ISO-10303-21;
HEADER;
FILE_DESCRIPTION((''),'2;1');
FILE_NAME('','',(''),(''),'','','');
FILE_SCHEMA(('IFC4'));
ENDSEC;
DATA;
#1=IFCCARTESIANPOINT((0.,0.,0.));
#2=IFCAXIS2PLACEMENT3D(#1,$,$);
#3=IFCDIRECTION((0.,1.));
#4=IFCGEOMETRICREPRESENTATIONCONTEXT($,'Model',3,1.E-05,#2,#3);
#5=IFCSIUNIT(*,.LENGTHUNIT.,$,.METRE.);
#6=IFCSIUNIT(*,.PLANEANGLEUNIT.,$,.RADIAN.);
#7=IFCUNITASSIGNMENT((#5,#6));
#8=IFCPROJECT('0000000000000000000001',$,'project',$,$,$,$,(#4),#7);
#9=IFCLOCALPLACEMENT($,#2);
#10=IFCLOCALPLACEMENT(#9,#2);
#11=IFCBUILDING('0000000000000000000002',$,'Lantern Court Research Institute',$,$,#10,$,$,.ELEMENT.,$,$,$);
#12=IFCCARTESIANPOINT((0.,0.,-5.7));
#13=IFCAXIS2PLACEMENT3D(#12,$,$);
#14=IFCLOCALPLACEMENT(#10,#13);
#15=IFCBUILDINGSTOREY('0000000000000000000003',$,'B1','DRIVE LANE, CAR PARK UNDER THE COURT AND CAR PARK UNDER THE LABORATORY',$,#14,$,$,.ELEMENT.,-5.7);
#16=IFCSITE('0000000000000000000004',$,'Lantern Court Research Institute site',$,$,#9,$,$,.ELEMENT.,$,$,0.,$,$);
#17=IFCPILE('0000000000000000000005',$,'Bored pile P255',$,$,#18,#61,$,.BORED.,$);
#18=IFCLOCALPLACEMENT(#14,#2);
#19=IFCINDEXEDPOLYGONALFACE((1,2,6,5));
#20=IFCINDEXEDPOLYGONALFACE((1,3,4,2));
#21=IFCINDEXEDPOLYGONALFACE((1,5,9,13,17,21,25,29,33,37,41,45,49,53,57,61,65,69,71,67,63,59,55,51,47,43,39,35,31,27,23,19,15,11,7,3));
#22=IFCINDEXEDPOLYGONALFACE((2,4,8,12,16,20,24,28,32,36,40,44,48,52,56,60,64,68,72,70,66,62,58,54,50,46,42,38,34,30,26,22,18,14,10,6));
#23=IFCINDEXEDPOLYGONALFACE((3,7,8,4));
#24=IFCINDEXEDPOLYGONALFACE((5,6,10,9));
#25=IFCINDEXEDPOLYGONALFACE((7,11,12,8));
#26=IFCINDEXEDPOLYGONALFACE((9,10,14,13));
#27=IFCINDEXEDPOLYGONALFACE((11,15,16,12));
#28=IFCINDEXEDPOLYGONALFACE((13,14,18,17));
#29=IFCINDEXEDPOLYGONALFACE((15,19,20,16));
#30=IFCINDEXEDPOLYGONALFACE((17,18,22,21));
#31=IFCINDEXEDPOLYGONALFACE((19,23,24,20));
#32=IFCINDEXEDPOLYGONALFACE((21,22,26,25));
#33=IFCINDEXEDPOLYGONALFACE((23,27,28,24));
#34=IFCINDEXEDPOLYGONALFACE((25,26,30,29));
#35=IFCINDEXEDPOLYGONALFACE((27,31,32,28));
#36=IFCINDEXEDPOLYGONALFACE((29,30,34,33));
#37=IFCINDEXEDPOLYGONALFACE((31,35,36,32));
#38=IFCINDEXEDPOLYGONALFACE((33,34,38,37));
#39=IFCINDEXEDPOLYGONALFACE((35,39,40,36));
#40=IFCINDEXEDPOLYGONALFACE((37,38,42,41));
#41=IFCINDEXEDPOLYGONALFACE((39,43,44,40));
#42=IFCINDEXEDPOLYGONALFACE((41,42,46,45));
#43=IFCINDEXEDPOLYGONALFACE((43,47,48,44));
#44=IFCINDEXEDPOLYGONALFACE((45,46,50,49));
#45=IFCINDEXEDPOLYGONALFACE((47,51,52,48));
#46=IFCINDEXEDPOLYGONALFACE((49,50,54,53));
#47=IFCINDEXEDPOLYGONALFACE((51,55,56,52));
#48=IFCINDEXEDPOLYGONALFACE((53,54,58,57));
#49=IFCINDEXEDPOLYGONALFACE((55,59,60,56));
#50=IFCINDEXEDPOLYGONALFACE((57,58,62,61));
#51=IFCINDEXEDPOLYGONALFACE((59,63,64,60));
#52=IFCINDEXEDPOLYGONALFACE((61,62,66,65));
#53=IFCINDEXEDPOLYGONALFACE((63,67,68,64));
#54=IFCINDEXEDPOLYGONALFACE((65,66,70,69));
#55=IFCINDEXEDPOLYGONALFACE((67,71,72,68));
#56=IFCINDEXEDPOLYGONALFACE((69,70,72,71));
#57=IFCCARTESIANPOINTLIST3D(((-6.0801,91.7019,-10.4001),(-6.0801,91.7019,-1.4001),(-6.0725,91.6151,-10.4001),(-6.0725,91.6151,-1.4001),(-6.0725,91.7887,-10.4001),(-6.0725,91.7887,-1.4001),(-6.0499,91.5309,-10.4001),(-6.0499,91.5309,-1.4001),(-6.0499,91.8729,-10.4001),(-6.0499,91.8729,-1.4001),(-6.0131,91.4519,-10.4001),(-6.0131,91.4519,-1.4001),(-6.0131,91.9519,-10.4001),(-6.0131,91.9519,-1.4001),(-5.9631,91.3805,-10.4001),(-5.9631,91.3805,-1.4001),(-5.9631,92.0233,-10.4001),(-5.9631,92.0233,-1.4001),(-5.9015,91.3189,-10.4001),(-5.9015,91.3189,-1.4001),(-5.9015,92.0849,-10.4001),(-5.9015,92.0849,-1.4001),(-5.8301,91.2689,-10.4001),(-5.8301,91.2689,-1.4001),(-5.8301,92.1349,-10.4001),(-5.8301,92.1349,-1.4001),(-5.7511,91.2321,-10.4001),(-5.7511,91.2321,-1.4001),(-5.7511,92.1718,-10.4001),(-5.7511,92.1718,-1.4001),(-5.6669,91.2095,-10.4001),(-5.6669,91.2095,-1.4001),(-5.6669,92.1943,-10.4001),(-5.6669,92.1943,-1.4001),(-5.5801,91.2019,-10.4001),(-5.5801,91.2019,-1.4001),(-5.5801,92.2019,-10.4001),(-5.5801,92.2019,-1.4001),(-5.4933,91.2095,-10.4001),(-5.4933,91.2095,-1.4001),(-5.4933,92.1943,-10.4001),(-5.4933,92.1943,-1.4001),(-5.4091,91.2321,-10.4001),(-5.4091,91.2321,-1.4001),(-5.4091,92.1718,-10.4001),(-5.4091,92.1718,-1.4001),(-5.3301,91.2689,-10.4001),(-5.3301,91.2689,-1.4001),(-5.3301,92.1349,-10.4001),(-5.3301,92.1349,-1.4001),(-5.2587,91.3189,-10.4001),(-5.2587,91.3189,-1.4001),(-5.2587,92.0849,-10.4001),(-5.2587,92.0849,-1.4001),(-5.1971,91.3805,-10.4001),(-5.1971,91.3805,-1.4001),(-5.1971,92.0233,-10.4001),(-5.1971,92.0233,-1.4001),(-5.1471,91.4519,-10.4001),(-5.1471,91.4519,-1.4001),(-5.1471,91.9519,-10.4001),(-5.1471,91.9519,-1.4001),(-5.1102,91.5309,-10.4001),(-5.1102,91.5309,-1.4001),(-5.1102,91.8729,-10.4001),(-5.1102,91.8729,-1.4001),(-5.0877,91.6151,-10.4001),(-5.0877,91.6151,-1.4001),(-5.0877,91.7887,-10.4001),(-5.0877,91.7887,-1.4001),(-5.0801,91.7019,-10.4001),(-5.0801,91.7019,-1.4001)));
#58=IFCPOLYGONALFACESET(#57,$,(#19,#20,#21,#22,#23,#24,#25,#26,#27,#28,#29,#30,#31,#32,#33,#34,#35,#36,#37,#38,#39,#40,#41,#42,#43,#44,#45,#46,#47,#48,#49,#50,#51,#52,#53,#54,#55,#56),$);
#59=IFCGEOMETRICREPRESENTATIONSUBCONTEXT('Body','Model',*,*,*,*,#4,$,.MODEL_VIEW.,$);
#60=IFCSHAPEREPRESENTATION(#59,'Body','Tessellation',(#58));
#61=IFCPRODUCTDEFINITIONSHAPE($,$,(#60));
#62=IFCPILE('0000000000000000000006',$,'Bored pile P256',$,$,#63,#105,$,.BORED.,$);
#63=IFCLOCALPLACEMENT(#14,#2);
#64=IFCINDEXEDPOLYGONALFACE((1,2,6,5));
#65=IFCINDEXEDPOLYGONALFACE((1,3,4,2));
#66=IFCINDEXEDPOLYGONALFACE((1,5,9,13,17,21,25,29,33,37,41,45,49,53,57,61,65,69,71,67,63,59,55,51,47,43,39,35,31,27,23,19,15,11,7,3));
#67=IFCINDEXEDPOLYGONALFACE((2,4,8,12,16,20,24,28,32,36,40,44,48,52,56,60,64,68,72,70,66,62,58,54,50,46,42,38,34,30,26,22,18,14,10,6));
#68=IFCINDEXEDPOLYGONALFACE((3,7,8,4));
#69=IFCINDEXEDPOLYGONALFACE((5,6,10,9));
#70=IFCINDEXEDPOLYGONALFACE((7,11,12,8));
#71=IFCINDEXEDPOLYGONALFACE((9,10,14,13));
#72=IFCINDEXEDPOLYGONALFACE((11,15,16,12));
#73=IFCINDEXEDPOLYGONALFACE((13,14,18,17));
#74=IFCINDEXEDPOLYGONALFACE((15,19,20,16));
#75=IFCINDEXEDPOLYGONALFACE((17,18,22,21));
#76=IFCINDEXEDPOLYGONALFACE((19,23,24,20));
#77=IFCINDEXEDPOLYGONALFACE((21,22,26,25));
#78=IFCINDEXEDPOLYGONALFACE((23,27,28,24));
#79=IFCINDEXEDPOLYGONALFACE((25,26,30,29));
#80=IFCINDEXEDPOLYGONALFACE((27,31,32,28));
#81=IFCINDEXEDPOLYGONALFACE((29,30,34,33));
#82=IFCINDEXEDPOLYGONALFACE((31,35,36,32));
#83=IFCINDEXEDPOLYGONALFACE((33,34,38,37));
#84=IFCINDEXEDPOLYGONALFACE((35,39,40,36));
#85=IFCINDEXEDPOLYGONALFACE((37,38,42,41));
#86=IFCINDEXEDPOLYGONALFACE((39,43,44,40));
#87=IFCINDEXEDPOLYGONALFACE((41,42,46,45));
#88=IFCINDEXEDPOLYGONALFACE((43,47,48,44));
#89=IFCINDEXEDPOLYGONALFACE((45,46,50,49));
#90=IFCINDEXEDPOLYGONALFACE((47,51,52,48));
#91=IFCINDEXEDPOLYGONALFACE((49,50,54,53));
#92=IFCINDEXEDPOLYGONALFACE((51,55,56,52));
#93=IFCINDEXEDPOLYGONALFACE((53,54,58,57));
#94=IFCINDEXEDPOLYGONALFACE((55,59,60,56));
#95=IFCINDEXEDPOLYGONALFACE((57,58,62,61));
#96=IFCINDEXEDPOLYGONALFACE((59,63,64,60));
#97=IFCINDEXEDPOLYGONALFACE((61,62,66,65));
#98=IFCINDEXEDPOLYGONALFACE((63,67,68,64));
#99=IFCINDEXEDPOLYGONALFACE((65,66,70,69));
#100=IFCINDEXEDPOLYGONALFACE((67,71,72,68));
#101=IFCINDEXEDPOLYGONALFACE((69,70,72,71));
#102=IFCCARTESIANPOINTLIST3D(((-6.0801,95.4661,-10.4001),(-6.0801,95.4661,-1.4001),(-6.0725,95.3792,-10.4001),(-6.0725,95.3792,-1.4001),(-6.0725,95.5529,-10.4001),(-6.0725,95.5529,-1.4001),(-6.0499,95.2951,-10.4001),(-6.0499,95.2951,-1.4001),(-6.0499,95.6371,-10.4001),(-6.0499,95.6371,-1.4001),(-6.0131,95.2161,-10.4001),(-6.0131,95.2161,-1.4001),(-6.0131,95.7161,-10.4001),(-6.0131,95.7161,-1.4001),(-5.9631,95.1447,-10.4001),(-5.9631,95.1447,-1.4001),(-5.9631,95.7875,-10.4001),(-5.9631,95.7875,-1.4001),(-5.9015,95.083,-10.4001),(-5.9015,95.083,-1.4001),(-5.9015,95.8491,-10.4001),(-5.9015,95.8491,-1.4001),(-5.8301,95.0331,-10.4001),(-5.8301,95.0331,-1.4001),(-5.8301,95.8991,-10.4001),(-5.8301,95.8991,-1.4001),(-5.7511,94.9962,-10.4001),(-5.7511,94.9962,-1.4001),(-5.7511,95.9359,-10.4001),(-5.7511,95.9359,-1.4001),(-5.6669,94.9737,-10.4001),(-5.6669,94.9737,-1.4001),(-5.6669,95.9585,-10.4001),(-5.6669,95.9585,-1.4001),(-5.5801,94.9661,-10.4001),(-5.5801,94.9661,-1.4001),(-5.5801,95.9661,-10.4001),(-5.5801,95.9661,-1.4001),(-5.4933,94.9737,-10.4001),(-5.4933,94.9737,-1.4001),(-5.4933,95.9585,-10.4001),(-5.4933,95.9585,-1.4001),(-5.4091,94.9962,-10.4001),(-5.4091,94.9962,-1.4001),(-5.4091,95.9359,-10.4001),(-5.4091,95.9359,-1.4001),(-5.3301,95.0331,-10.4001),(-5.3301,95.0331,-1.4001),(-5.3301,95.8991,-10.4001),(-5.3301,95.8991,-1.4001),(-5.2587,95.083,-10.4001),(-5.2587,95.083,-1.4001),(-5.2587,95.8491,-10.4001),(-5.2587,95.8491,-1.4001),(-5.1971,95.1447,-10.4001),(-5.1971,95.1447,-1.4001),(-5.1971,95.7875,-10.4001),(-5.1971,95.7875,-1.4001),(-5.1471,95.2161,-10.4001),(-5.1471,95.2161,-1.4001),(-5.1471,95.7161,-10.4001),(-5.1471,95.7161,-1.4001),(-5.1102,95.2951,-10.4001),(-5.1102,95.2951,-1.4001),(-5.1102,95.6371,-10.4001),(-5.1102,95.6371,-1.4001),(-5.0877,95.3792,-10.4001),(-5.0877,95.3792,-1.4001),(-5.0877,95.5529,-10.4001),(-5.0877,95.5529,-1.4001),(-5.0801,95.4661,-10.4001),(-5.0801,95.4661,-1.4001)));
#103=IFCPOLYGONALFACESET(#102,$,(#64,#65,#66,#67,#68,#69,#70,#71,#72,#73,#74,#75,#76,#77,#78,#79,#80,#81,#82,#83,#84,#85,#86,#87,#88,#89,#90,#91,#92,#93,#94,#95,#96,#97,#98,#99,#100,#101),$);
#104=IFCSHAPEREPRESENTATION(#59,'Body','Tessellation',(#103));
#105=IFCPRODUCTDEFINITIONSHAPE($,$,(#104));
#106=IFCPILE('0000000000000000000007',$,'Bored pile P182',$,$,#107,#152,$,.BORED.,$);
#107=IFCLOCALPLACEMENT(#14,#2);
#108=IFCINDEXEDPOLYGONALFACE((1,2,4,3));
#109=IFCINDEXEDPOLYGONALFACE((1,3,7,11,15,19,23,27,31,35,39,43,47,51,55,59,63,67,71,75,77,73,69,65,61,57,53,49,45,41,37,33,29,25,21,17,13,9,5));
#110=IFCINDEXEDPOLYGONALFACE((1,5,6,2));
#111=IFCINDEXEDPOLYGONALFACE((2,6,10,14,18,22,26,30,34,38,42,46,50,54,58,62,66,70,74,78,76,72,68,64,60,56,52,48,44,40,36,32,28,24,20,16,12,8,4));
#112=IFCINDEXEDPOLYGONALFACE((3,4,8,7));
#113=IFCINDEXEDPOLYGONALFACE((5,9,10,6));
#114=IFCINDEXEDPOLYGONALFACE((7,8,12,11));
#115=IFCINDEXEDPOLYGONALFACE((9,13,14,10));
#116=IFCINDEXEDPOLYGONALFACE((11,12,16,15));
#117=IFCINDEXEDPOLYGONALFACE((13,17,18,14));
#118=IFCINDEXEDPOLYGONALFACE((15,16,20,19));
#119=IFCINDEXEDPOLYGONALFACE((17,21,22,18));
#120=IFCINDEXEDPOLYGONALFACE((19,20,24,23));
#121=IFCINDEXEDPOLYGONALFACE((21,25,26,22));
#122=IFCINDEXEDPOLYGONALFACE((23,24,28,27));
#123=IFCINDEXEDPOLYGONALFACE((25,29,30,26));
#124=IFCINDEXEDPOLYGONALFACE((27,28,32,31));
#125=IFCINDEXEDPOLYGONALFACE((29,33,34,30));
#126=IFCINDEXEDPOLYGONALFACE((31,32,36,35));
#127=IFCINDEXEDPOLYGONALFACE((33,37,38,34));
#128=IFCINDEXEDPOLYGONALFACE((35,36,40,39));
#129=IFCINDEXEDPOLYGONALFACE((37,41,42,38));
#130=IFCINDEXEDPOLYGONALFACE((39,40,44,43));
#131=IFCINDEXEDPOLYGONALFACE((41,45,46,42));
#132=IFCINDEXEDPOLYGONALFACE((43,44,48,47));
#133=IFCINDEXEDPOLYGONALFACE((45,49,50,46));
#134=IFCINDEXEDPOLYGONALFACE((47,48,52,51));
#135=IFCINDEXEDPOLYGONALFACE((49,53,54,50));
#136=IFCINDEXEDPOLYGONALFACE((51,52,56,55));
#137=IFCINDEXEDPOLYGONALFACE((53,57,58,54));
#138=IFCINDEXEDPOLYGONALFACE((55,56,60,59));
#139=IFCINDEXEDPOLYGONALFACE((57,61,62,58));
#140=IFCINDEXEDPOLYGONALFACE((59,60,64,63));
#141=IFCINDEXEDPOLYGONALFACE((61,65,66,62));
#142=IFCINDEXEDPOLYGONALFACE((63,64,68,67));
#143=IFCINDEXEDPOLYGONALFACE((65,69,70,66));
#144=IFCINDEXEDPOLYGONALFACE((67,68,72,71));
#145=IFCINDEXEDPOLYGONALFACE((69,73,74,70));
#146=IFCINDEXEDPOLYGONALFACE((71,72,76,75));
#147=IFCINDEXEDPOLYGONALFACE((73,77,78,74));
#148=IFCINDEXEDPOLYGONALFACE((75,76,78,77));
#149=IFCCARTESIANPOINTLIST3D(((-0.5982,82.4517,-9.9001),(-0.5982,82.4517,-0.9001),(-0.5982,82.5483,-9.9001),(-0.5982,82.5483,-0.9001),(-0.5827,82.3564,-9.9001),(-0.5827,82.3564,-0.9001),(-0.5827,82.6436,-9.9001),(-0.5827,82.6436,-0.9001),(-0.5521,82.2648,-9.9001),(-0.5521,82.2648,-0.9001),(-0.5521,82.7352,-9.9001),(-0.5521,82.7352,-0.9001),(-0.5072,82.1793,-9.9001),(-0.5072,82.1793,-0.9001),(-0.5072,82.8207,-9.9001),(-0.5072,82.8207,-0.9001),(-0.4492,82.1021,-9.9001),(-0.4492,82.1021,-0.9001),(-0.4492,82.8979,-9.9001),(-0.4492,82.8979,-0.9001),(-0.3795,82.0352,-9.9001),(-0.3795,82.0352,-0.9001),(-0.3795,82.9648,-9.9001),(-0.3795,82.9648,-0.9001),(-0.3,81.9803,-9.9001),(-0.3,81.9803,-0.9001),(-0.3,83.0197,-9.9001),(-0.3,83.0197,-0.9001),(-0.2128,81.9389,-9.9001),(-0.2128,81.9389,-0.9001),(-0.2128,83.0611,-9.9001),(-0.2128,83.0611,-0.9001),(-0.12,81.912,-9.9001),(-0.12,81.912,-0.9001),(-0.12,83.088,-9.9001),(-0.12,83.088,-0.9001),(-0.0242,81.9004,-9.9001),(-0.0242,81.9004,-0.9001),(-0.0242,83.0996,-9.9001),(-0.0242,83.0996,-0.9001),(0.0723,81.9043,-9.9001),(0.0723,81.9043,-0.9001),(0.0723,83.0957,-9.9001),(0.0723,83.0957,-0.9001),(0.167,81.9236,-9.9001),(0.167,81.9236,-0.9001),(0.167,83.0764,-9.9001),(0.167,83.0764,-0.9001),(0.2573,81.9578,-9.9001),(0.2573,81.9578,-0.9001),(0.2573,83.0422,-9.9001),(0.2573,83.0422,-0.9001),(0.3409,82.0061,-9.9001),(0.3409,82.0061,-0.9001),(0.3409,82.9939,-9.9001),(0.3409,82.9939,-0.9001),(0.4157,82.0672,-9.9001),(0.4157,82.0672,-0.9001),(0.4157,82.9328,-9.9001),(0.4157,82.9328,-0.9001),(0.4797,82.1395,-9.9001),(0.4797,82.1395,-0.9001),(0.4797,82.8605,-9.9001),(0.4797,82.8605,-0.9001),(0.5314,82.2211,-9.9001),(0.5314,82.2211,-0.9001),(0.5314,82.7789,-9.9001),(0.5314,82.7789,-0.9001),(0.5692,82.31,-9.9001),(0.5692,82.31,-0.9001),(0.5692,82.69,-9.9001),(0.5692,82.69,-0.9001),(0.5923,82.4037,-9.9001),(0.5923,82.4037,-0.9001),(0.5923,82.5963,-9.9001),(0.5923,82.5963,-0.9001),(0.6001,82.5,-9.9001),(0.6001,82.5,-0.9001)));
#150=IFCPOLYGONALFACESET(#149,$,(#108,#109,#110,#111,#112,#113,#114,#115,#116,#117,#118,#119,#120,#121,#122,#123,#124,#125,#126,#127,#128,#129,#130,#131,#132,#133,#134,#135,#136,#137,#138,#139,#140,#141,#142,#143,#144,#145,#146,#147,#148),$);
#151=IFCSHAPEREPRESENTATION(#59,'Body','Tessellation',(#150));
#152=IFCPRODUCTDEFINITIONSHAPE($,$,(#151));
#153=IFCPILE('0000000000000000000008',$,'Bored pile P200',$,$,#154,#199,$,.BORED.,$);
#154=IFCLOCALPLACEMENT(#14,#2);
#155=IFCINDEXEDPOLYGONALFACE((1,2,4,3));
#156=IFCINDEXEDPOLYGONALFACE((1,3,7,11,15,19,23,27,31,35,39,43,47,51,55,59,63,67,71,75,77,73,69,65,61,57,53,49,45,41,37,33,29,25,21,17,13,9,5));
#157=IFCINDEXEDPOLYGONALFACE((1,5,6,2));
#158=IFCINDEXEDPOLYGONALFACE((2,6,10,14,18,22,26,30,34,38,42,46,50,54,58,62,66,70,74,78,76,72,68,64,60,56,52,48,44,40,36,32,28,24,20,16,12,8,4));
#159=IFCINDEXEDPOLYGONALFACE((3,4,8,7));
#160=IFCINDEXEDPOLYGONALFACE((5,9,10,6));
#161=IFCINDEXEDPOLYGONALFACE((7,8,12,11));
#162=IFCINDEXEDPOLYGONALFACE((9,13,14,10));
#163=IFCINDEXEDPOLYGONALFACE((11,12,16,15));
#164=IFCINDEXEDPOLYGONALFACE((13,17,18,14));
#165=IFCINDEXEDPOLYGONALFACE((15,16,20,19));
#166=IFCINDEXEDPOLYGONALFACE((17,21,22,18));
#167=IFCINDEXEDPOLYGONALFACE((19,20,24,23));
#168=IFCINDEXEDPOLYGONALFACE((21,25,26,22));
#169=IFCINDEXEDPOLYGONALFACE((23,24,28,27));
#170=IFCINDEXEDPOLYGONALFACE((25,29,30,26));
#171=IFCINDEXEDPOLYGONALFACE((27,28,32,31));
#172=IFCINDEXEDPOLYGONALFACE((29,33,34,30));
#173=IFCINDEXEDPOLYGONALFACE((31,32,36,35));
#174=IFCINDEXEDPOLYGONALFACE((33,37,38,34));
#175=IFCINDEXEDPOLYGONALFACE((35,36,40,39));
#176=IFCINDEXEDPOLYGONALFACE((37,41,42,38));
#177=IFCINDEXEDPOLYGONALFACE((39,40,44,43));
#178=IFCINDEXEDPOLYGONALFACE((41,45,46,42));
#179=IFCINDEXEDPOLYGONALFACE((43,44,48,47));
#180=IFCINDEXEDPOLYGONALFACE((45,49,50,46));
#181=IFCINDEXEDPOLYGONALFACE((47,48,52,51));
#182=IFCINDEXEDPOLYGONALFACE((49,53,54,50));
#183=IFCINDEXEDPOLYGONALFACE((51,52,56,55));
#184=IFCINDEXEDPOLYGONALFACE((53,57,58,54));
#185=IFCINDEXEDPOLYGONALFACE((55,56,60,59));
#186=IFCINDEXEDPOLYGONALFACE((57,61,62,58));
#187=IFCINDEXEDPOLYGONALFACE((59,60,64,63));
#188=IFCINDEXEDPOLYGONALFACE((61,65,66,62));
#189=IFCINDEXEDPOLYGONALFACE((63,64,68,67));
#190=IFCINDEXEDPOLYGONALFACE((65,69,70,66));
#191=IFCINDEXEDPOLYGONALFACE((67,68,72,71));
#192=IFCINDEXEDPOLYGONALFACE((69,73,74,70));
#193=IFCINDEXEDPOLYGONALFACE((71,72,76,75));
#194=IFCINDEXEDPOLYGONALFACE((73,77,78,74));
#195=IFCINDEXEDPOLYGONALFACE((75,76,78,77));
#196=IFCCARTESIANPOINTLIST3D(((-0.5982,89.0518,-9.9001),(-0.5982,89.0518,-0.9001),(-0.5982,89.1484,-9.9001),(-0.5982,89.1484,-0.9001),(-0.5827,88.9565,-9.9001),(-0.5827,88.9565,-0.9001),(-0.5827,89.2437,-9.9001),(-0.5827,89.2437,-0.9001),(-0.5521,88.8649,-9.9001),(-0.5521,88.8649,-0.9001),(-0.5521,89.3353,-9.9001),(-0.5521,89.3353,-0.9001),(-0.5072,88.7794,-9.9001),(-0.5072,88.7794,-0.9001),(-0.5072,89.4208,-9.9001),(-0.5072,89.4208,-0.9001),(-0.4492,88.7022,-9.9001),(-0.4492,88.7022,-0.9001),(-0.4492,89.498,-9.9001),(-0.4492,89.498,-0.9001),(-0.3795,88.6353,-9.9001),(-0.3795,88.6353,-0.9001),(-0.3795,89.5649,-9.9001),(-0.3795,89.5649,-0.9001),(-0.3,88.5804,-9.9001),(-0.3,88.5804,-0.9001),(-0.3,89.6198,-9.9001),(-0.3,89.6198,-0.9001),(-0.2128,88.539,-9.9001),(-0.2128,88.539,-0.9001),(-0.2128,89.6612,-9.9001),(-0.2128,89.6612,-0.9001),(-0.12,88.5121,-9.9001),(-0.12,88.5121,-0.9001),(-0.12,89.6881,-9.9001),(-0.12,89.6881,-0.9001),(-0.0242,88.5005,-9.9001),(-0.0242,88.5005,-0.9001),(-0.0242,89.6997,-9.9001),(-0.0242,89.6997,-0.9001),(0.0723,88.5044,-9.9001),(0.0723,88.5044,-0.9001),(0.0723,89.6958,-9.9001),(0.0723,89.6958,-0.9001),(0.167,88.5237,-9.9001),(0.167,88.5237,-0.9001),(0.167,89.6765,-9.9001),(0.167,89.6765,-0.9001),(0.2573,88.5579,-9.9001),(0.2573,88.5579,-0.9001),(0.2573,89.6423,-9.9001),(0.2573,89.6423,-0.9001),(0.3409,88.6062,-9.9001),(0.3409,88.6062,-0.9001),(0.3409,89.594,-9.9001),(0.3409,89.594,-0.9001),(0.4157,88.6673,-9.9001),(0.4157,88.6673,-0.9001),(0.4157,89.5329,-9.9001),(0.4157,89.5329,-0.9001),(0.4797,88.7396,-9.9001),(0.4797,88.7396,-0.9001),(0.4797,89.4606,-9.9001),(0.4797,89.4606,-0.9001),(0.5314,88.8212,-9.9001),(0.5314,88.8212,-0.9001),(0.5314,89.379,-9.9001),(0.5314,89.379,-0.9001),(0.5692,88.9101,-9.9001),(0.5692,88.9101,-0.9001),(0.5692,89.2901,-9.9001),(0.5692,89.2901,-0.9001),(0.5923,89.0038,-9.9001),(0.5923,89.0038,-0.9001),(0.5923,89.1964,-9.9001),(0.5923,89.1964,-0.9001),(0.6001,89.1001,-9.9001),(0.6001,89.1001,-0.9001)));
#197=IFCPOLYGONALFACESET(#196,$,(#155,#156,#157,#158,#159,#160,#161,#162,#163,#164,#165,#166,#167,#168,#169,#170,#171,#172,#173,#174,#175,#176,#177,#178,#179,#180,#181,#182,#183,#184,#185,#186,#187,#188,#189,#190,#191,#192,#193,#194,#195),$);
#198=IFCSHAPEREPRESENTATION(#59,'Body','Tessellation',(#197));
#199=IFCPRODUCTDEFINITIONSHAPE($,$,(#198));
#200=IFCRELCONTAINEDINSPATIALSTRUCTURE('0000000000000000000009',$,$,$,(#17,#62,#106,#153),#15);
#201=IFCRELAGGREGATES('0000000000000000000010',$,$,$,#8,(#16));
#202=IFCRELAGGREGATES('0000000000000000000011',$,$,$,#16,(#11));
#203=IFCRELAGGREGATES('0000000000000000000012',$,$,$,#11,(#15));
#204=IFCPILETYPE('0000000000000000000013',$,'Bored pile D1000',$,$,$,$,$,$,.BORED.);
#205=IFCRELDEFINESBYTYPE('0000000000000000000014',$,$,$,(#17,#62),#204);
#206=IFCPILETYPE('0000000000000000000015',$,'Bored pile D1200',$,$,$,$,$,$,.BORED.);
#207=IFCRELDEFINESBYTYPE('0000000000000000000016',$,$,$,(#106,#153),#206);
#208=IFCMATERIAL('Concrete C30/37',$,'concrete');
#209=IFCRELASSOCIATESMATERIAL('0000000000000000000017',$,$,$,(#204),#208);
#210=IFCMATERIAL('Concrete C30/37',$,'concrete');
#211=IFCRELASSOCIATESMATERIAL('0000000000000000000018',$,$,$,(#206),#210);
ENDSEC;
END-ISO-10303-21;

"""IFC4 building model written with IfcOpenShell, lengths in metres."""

from ifc_helpers import new_model, si_unit, direction, frame, origin, origin_2d, place, context, subcontext, project, spatial, circle, extrude, material, material_profile, profile_set, type_object, element, save


model = new_model("IFC4")

# Units and contexts
model_context = context("Model", 3, precision=1e-05, world=origin(), true_north=direction((0.0, 1.0)))
body_context = subcontext(model_context, "Body", "Model", "MODEL_VIEW")
ifc_project = project(units=[si_unit("LENGTHUNIT", "METRE"), si_unit("PLANEANGLEUNIT", "RADIAN")], contexts=[model_context])

# Site, building, storey
site_placement = place(None, origin())
site = spatial("IfcSite", under=ifc_project, at=site_placement, Name="Lantern Court Research Institute site", CompositionType="ELEMENT", RefElevation=0.0)
building_placement = place(site_placement, origin())
building = spatial("IfcBuilding", under=site, at=building_placement, Name="Lantern Court Research Institute", CompositionType="ELEMENT")
storey_placement = place(building_placement, frame((0.0, 0.0, -5.7)))
storey = spatial("IfcBuildingStorey", under=building, at=storey_placement, Name="B1", Description="DRIVE LANE, CAR PARK UNDER THE COURT AND CAR PARK UNDER THE LABORATORY", CompositionType="ELEMENT", Elevation=-5.7)

# Piles
ifc_material_1 = material(Name="Concrete C30/37", Category="concrete")
ifc_material_profile_1 = material_profile(ifc_material_1, circle(Radius=0.5, at=origin_2d()), Name="Bored pile D1000")
ifc_profile_set_1 = profile_set([ifc_material_profile_1], Name="Concrete C30/37")
pile_type_1 = type_object("IfcPileType", Name="Bored pile D1000", PredefinedType="BORED", material=ifc_profile_set_1)
for number, where, z_axis, x_axis, name in (
    (1, (-5.5801, 91.7019, -1.4001), (0.0, 0.0, -1.0), (1.0, 0.0, 0.0), "Bored pile P255"),
    (2, (-5.5801, 95.4661, -1.4001), (0.0, 0.0, -1.0), (1.0, 0.0, 0.0), "Bored pile P256"),
):
    element("IfcPile", number, at=place(storey_placement, frame(where, z_axis=z_axis, x_axis=x_axis)), inside=storey, type_object=pile_type_1, Name=name, PredefinedType="BORED", context=body_context, shape_type="SweptSolid", body=[
        extrude(circle(Radius=0.5, at=origin_2d()), origin(), (0.0, 0.0, 1.0), 9.0),
    ])
ifc_material_2 = material(Name="Concrete C30/37", Category="concrete")
ifc_material_profile_2 = material_profile(ifc_material_2, circle(Radius=0.6001, at=origin_2d()), Name="Bored pile D1200")
ifc_profile_set_2 = profile_set([ifc_material_profile_2], Name="Concrete C30/37")
pile_type_2 = type_object("IfcPileType", Name="Bored pile D1200", PredefinedType="BORED", material=ifc_profile_set_2)
for number, where, z_axis, x_axis, name in (
    (3, (0.0, 82.5, -0.9001), (0.0, 0.0, -1.0), (1.0, 0.0, 0.0), "Bored pile P182"),
    (4, (0.0, 89.1001, -0.9001), (0.0, 0.0, -1.0), (1.0, 0.0, 0.0), "Bored pile P200"),
):
    element("IfcPile", number, at=place(storey_placement, frame(where, z_axis=z_axis, x_axis=x_axis)), inside=storey, type_object=pile_type_2, Name=name, PredefinedType="BORED", context=body_context, shape_type="SweptSolid", body=[
        extrude(circle(Radius=0.6001, at=origin_2d()), origin(), (0.0, 0.0, 1.0), 9.0),
    ])

save(model, "model.ifc")
